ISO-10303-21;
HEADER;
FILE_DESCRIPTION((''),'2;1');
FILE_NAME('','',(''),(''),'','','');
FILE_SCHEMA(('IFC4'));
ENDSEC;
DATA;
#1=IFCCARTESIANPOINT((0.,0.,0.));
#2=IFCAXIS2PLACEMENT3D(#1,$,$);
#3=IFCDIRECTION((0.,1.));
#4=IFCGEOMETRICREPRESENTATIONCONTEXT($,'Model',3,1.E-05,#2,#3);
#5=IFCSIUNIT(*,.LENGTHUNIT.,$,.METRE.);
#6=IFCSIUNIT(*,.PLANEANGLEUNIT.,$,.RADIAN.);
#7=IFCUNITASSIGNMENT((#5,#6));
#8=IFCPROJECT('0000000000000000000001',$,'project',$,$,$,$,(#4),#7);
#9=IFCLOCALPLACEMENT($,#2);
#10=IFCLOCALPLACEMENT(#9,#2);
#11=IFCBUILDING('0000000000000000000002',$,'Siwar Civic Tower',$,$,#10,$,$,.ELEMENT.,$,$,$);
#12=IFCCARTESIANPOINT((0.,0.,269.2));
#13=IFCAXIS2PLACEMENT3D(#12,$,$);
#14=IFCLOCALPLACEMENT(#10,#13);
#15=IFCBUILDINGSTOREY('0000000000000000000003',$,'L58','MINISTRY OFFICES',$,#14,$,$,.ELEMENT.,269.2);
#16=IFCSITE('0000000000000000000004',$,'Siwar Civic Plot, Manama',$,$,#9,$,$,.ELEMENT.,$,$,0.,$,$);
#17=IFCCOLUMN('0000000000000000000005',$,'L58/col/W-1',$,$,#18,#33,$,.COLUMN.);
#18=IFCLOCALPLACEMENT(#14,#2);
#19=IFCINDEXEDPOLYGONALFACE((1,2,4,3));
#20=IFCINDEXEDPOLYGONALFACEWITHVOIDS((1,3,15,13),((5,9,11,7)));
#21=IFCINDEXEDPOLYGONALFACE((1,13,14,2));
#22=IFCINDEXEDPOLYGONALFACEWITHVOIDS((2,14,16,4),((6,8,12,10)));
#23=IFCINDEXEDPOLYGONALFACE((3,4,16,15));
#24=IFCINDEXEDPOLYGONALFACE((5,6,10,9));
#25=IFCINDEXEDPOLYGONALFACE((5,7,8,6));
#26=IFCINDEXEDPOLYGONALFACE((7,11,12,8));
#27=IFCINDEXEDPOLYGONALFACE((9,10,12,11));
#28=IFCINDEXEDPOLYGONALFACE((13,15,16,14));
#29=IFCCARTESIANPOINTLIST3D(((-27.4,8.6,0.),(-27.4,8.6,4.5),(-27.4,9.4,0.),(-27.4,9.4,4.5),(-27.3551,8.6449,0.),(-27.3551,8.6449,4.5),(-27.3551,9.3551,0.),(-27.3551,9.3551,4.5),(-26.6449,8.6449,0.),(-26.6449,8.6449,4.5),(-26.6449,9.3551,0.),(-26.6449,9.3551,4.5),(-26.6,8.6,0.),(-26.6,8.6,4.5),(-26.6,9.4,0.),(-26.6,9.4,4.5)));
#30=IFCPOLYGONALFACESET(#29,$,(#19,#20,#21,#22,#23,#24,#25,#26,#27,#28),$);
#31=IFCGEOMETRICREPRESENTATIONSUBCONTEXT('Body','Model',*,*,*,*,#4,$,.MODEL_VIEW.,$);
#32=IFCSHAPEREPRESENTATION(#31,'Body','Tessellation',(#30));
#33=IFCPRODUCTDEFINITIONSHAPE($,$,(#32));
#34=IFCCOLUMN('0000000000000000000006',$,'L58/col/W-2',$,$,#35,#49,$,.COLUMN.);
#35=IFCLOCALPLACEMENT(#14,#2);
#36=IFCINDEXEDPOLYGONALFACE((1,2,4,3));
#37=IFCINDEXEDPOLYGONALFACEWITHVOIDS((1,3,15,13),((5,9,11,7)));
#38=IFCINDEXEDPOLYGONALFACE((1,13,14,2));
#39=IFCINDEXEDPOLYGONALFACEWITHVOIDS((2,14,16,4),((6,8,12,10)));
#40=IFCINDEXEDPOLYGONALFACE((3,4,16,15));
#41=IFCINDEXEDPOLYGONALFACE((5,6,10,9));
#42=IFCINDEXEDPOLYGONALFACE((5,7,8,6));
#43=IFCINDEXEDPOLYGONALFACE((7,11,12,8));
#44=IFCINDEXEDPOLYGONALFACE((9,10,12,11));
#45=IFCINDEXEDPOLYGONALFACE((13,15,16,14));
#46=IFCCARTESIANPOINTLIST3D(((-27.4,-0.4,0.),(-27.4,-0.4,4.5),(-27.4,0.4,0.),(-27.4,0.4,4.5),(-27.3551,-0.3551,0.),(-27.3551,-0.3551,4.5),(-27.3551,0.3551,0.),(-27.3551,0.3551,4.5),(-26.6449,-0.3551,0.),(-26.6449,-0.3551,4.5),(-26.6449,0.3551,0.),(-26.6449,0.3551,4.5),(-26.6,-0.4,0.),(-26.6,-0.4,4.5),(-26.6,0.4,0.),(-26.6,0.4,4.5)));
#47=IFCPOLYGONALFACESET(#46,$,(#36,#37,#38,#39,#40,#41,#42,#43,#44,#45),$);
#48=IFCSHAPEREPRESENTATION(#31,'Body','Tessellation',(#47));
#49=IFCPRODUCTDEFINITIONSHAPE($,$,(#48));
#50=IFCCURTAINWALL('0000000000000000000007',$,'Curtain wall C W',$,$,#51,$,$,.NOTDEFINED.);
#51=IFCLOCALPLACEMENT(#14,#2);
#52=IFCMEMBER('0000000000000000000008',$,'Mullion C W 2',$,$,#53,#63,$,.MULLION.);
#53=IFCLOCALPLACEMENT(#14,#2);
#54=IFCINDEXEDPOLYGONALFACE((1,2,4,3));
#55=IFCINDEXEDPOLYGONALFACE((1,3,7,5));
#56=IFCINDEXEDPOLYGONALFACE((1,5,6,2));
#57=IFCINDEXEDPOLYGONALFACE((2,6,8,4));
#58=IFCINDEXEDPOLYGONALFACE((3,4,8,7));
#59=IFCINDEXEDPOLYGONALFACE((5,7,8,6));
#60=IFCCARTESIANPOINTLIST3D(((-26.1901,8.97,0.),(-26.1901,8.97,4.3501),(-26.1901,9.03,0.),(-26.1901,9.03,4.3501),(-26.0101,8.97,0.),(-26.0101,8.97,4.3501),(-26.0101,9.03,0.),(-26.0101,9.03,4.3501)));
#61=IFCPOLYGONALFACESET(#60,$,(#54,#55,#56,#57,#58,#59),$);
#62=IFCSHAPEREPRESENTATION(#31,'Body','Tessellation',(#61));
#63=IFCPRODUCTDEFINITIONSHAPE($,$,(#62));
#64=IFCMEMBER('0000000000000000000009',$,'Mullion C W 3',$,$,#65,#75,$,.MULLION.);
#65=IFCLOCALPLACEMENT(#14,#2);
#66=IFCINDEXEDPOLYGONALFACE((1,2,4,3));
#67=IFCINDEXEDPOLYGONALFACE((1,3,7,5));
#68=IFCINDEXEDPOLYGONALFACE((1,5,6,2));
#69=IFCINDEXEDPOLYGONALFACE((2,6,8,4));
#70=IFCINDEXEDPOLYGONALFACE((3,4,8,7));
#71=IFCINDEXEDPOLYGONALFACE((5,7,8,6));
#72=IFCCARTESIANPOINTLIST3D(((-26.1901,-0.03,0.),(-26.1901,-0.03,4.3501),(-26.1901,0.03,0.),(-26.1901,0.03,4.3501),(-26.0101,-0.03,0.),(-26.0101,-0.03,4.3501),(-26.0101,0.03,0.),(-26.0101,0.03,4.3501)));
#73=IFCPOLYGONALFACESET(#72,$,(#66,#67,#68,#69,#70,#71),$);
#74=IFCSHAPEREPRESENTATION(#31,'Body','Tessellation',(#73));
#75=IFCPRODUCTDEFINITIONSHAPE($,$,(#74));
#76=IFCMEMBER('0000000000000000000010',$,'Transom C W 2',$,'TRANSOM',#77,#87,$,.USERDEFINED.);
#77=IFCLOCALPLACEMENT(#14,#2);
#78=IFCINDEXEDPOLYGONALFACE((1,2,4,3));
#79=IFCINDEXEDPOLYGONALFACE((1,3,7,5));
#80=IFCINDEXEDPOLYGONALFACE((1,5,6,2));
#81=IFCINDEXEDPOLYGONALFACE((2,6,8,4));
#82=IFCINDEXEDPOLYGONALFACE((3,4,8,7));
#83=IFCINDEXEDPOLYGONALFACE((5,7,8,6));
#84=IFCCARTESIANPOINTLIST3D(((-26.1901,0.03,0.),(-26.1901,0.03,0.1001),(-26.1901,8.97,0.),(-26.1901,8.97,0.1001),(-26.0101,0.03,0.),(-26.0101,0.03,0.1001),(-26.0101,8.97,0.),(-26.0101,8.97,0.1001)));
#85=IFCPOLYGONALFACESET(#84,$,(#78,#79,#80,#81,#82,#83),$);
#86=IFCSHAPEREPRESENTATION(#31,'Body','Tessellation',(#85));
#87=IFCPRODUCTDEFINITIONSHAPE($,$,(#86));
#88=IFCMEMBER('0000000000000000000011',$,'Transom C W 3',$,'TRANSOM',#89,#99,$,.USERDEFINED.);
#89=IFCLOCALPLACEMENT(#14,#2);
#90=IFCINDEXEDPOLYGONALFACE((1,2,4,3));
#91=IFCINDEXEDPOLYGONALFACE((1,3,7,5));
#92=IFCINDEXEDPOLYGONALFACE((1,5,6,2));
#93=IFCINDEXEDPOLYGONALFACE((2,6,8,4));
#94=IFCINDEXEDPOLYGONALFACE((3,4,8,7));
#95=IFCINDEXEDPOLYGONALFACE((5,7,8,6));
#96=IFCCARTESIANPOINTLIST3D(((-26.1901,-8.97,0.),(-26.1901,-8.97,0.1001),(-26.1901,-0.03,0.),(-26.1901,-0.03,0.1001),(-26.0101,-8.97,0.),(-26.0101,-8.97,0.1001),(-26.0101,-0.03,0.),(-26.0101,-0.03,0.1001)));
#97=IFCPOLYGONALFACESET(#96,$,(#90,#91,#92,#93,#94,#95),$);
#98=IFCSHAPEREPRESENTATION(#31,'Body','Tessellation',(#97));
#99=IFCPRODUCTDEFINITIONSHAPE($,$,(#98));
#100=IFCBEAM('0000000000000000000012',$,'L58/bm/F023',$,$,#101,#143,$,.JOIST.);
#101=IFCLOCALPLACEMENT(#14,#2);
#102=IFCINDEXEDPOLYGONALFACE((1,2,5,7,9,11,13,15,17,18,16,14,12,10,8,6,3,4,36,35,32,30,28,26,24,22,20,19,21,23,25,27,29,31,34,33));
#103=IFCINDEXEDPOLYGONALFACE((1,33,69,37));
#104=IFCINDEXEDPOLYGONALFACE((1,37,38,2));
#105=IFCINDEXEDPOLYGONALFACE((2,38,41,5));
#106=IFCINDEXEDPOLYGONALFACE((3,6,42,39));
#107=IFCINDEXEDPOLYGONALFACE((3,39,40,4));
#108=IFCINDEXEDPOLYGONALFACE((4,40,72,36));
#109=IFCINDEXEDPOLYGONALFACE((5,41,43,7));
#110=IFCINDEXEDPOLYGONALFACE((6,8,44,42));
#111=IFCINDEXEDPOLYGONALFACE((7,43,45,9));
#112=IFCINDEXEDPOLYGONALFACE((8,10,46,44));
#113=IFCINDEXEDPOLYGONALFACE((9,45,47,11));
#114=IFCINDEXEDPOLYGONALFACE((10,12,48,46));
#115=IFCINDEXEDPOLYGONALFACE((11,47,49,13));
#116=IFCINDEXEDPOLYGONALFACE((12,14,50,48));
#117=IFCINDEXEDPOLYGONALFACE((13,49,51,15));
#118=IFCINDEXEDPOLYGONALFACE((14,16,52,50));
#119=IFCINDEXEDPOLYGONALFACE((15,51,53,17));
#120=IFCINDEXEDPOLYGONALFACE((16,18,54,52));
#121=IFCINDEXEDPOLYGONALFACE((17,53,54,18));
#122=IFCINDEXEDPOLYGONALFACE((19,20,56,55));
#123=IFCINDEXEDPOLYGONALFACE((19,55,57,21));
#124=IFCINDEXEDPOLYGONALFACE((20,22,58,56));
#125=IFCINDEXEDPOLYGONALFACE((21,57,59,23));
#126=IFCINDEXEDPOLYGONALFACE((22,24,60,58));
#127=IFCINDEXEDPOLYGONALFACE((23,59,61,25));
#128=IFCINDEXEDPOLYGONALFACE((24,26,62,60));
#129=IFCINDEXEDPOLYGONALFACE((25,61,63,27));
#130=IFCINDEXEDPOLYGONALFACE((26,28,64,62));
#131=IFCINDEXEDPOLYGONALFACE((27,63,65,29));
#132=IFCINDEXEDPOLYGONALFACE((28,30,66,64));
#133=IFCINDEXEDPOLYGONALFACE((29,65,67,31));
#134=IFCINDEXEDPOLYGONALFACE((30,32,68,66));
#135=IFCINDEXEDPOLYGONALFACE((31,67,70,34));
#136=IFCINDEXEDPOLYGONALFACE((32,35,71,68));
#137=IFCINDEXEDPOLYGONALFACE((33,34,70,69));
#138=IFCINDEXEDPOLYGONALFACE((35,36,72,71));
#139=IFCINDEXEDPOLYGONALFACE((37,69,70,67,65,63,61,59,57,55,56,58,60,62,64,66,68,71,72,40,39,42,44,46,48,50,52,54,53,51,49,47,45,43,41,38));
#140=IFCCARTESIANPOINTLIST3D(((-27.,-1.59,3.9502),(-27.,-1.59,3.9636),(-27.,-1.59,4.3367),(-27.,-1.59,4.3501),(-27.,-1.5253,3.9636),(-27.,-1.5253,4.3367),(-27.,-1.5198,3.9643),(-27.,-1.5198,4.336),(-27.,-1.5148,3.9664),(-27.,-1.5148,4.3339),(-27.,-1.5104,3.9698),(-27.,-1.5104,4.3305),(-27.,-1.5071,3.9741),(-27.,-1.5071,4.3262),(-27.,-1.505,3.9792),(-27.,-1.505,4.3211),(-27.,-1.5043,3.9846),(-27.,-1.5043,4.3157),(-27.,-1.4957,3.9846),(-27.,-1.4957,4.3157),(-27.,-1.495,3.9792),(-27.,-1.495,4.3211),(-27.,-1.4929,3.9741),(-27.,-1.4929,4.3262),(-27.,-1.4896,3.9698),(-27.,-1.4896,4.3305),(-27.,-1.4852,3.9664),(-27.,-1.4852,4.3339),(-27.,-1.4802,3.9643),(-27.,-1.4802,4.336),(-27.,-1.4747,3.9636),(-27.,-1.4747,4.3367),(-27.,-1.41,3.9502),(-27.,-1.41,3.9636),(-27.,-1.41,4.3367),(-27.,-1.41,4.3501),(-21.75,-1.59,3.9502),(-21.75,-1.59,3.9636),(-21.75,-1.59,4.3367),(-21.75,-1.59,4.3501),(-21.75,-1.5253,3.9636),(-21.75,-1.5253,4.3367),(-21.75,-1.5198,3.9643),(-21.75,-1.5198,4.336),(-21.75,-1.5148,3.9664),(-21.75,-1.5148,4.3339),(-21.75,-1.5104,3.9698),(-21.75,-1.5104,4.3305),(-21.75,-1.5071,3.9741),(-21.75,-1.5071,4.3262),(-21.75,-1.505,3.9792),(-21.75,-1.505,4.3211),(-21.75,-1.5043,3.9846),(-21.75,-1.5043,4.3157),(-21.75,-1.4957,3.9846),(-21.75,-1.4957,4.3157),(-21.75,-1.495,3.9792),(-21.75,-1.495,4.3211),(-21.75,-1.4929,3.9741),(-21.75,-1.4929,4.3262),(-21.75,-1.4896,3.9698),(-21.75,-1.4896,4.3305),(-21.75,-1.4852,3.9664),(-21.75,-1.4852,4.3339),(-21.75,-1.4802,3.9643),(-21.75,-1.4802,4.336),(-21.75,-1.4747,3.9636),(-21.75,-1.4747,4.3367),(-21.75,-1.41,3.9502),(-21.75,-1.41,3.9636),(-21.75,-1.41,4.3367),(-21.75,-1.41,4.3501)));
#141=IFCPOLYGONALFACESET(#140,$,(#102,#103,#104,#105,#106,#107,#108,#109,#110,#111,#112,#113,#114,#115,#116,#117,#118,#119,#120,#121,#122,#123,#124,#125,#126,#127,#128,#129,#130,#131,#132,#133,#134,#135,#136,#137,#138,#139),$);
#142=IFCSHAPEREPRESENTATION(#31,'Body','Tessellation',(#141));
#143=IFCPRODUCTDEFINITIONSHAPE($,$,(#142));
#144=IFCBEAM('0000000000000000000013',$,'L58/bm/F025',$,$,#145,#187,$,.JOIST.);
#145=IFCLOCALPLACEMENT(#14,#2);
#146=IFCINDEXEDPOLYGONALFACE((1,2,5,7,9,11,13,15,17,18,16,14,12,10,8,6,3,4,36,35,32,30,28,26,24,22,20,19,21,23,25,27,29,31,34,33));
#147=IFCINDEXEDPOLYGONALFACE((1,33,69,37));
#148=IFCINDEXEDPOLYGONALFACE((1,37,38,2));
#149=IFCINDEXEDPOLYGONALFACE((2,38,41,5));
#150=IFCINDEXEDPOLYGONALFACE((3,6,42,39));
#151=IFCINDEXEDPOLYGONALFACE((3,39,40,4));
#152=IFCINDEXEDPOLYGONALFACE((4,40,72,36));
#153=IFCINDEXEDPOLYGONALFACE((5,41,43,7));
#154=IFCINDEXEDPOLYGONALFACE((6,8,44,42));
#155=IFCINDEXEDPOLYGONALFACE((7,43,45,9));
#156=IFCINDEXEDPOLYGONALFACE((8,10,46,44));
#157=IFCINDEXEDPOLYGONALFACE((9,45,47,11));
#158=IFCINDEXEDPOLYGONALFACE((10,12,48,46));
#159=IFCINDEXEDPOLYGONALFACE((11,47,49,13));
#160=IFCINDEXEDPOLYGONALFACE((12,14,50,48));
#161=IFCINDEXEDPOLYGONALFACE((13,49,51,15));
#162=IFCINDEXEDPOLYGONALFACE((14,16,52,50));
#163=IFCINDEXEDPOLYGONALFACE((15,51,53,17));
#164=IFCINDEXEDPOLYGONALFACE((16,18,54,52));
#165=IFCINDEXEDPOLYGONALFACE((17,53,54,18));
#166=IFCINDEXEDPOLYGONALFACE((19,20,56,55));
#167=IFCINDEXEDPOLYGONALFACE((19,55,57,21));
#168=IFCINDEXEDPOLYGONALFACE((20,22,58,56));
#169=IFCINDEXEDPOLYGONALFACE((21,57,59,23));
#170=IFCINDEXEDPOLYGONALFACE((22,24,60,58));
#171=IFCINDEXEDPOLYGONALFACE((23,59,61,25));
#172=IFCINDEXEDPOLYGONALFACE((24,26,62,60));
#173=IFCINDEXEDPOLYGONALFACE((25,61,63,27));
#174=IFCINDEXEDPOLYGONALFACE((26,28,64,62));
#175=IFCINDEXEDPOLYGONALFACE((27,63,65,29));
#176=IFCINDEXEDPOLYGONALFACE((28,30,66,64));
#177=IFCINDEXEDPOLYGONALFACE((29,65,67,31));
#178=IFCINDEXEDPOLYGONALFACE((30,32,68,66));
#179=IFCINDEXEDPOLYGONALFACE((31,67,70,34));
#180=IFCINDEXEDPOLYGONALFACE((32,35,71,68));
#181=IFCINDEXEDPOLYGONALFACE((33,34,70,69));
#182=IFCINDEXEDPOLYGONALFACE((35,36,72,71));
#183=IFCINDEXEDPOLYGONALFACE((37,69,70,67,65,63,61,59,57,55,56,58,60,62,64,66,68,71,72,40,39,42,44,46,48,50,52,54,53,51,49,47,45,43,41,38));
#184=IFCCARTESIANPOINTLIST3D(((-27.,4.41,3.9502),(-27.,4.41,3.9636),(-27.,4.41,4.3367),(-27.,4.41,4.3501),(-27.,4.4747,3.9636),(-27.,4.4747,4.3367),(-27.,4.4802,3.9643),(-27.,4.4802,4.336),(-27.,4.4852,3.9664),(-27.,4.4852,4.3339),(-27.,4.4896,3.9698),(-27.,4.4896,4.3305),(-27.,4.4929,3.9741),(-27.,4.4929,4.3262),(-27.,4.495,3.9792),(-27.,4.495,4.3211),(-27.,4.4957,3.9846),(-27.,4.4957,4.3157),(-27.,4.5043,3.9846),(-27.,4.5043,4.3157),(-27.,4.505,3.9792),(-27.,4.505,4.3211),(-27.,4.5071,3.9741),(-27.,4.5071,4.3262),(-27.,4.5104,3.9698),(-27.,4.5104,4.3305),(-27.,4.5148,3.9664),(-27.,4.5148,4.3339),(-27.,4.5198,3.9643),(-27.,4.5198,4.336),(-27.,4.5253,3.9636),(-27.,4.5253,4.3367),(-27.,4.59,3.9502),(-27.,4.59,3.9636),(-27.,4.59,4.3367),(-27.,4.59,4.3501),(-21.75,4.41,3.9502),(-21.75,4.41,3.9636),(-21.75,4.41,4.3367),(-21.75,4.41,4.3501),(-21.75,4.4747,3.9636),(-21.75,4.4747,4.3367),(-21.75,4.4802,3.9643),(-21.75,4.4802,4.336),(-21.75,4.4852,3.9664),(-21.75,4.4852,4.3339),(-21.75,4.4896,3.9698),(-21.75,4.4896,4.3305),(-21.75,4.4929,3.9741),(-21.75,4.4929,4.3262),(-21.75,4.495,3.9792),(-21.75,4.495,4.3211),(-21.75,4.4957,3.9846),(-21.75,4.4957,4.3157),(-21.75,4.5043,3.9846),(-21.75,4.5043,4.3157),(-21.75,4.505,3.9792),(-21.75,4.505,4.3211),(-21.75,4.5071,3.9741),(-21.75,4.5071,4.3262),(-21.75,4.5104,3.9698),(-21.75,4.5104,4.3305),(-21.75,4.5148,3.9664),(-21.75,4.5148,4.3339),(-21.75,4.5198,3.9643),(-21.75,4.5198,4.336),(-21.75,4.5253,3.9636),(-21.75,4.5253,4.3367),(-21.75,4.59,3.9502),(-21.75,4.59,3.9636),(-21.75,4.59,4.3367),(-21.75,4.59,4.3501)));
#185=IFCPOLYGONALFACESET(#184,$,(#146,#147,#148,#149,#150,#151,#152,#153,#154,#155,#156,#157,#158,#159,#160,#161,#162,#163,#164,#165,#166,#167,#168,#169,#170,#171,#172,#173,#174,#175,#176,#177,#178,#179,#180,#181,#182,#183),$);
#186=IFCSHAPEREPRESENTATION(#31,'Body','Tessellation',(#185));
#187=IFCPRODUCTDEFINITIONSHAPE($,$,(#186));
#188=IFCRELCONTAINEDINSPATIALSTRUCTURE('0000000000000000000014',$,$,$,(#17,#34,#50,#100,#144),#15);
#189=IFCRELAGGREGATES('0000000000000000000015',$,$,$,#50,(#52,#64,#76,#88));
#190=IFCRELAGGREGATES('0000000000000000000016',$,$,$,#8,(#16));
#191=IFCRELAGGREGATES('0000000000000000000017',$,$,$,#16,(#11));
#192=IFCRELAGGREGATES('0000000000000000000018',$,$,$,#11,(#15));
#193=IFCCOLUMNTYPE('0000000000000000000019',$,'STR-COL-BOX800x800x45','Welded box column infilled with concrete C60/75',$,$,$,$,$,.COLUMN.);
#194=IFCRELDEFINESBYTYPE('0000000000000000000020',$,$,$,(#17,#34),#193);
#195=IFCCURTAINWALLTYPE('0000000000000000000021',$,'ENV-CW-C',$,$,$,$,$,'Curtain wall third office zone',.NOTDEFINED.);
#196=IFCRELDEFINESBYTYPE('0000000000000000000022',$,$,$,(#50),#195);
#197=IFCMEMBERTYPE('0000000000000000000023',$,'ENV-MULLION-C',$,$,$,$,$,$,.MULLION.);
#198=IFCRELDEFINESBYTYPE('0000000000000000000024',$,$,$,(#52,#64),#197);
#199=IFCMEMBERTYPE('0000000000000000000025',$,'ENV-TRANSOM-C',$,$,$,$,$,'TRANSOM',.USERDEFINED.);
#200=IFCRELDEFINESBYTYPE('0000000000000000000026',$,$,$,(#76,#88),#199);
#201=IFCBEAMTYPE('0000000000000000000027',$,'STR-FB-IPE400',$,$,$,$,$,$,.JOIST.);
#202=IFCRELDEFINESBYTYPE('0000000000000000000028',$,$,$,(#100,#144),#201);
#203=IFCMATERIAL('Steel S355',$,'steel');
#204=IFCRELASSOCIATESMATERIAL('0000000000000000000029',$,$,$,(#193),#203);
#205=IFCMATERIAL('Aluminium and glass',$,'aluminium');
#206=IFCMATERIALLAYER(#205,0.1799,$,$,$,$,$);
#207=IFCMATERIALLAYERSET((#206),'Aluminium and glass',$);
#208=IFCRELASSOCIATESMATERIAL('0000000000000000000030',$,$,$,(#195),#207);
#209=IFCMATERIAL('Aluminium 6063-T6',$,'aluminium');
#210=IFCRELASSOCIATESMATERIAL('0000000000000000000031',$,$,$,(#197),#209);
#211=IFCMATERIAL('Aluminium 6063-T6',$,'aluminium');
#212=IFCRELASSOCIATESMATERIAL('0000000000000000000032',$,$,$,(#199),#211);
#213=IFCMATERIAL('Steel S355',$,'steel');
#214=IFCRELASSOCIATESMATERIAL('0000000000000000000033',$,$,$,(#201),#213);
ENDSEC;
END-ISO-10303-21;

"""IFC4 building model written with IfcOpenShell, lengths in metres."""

from ifc_helpers import new_model, si_unit, direction, frame, origin, origin_2d, place, context, subcontext, project, spatial, rectangle, hollow_rectangle, i_section, extrude, material, layer, layer_set, material_profile, profile_set, type_object, element, aggregate, save


model = new_model("IFC4")

# Units and contexts
model_context = context("Model", 3, precision=1e-05, world=origin(), true_north=direction((0.0, 1.0)))
body_context = subcontext(model_context, "Body", "Model", "MODEL_VIEW")
ifc_project = project(units=[si_unit("LENGTHUNIT", "METRE"), si_unit("PLANEANGLEUNIT", "RADIAN")], contexts=[model_context])

# Site, building, storey
site_placement = place(None, origin())
site = spatial("IfcSite", under=ifc_project, at=site_placement, Name="Siwar Civic Plot, Manama", CompositionType="ELEMENT", RefElevation=0.0)
building_placement = place(site_placement, origin())
building = spatial("IfcBuilding", under=site, at=building_placement, Name="Siwar Civic Tower", CompositionType="ELEMENT")
storey_placement = place(building_placement, frame((0.0, 0.0, 269.2)))
storey = spatial("IfcBuildingStorey", under=building, at=storey_placement, Name="L58", Description="MINISTRY OFFICES", CompositionType="ELEMENT", Elevation=269.2)

# Columns
ifc_material_1 = material(Name="Steel S355", Category="steel")
ifc_material_profile_1 = material_profile(ifc_material_1, hollow_rectangle(XDim=0.8, YDim=0.8, WallThickness=0.0449, at=origin_2d()), Name="BOX800x800x45")
ifc_profile_set_1 = profile_set([ifc_material_profile_1], Name="Steel S355")
column_type = type_object("IfcColumnType", Name="STR-COL-BOX800x800x45", Description="Welded box column infilled with concrete C60/75", PredefinedType="COLUMN", material=ifc_profile_set_1)
for number, where, z_axis, x_axis, name in (
    (1, (-27.0, 9.0, 0.0), (0.0, 0.0, 1.0), (1.0, 0.0, 0.0), "L58/col/W-1"),
    (2, (-27.0, 0.0, 0.0), (0.0, 0.0, 1.0), (1.0, 0.0, 0.0), "L58/col/W-2"),
):
    element("IfcColumn", number, at=place(storey_placement, frame(where, z_axis=z_axis, x_axis=x_axis)), inside=storey, type_object=column_type, Name=name, PredefinedType="COLUMN", context=body_context, shape_type="SweptSolid", body=[
        extrude(hollow_rectangle(XDim=0.8, YDim=0.8, WallThickness=0.0449, at=origin_2d()), origin(), (0.0, 0.0, 1.0), 4.5),
    ])

# Curtain wall, members
ifc_material_2 = material(Name="Aluminium and glass", Category="aluminium")
ifc_layer_1 = layer(ifc_material_2, 0.1799)
ifc_layer_set_1 = layer_set([ifc_layer_1], Name="Aluminium and glass")
curtain_wall_type = type_object("IfcCurtainWallType", Name="ENV-CW-C", ElementType="Curtain wall third office zone", PredefinedType="NOTDEFINED", material=ifc_layer_set_1)
curtain_wall_placement = place(storey_placement, origin())
curtain_wall = element("IfcCurtainWall", 3, at=curtain_wall_placement, inside=storey, type_object=curtain_wall_type, Name="Curtain wall C W", PredefinedType="NOTDEFINED")
ifc_material_3 = material(Name="Aluminium 6063-T6", Category="aluminium")
ifc_material_profile_2 = material_profile(ifc_material_3, rectangle(XDim=0.1799, YDim=0.0601, at=origin_2d()), Name="AL 180x60")
ifc_profile_set_2 = profile_set([ifc_material_profile_2], Name="Aluminium 6063-T6")
member_type_1 = type_object("IfcMemberType", Name="ENV-MULLION-C", PredefinedType="MULLION", material=ifc_profile_set_2)
member_1_placement = place(storey_placement, frame((-26.1001, 9.0, 0.0), z_axis=(0.0, 0.0, 1.0), x_axis=(1.0, 0.0, 0.0)))
member_1 = element("IfcMember", 4, at=member_1_placement, type_object=member_type_1, Name="Mullion C W 2", PredefinedType="MULLION", context=body_context, shape_type="SweptSolid", body=[
    extrude(rectangle(XDim=0.1799, YDim=0.0601, at=origin_2d()), origin(), (0.0, 0.0, 1.0), 4.3501),
])
member_2_placement = place(storey_placement, frame((-26.1001, 0.0, 0.0), z_axis=(0.0, 0.0, 1.0), x_axis=(1.0, 0.0, 0.0)))
member_2 = element("IfcMember", 5, at=member_2_placement, type_object=member_type_1, Name="Mullion C W 3", PredefinedType="MULLION", context=body_context, shape_type="SweptSolid", body=[
    extrude(rectangle(XDim=0.1799, YDim=0.0601, at=origin_2d()), origin(), (0.0, 0.0, 1.0), 4.3501),
])
ifc_material_4 = material(Name="Aluminium 6063-T6", Category="aluminium")
ifc_material_profile_3 = material_profile(ifc_material_4, rectangle(XDim=0.1799, YDim=0.1001, at=origin_2d()), Name="AL 180x100")
ifc_profile_set_3 = profile_set([ifc_material_profile_3], Name="Aluminium 6063-T6")
member_type_2 = type_object("IfcMemberType", Name="ENV-TRANSOM-C", ElementType="TRANSOM", PredefinedType="USERDEFINED", material=ifc_profile_set_3)
member_3_placement = place(storey_placement, frame((-26.1001, 8.97, 0.05), z_axis=(0.0, -1.0, 0.0), x_axis=(1.0, 0.0, 0.0)))
member_3 = element("IfcMember", 6, at=member_3_placement, type_object=member_type_2, Name="Transom C W 2", ObjectType="TRANSOM", PredefinedType="USERDEFINED", context=body_context, shape_type="SweptSolid", body=[
    extrude(rectangle(XDim=0.1799, YDim=0.1001, at=origin_2d()), origin(), (0.0, 0.0, 1.0), 8.9399),
])
member_4_placement = place(storey_placement, frame((-26.1001, -0.03, 0.05), z_axis=(0.0, -1.0, 0.0), x_axis=(1.0, 0.0, 0.0)))
member_4 = element("IfcMember", 7, at=member_4_placement, type_object=member_type_2, Name="Transom C W 3", ObjectType="TRANSOM", PredefinedType="USERDEFINED", context=body_context, shape_type="SweptSolid", body=[
    extrude(rectangle(XDim=0.1799, YDim=0.1001, at=origin_2d()), origin(), (0.0, 0.0, 1.0), 8.9399),
])

# Beams
ifc_material_5 = material(Name="Steel S355", Category="steel")
ifc_material_profile_4 = material_profile(ifc_material_5, i_section(OverallWidth=0.1799, OverallDepth=0.3999, WebThickness=0.0085, FlangeThickness=0.0134, FilletRadius=0.021, at=origin_2d()), Name="IPE400")
ifc_profile_set_4 = profile_set([ifc_material_profile_4], Name="Steel S355")
beam_type_1 = type_object("IfcBeamType", Name="STR-FB-IPE400", PredefinedType="JOIST", material=ifc_profile_set_4)
for number, where, z_axis, x_axis, name in (
    (8, (-27.0, -1.5, 4.1501), (1.0, 0.0, 0.0), (0.0, 1.0, 0.0), "L58/bm/F023"),
    (9, (-27.0, 4.5, 4.1501), (1.0, 0.0, 0.0), (0.0, 1.0, 0.0), "L58/bm/F025"),
):
    element("IfcBeam", number, at=place(storey_placement, frame(where, z_axis=z_axis, x_axis=x_axis)), inside=storey, type_object=beam_type_1, Name=name, PredefinedType="JOIST", context=body_context, shape_type="SweptSolid", body=[
        extrude(i_section(OverallWidth=0.1799, OverallDepth=0.3999, WebThickness=0.0085, FlangeThickness=0.0134, FilletRadius=0.021, at=origin_2d()), origin(), (0.0, 0.0, 1.0), 5.25),
    ])

aggregate(curtain_wall, [member_1, member_2, member_3, member_4])

save(model, "model.ifc")
